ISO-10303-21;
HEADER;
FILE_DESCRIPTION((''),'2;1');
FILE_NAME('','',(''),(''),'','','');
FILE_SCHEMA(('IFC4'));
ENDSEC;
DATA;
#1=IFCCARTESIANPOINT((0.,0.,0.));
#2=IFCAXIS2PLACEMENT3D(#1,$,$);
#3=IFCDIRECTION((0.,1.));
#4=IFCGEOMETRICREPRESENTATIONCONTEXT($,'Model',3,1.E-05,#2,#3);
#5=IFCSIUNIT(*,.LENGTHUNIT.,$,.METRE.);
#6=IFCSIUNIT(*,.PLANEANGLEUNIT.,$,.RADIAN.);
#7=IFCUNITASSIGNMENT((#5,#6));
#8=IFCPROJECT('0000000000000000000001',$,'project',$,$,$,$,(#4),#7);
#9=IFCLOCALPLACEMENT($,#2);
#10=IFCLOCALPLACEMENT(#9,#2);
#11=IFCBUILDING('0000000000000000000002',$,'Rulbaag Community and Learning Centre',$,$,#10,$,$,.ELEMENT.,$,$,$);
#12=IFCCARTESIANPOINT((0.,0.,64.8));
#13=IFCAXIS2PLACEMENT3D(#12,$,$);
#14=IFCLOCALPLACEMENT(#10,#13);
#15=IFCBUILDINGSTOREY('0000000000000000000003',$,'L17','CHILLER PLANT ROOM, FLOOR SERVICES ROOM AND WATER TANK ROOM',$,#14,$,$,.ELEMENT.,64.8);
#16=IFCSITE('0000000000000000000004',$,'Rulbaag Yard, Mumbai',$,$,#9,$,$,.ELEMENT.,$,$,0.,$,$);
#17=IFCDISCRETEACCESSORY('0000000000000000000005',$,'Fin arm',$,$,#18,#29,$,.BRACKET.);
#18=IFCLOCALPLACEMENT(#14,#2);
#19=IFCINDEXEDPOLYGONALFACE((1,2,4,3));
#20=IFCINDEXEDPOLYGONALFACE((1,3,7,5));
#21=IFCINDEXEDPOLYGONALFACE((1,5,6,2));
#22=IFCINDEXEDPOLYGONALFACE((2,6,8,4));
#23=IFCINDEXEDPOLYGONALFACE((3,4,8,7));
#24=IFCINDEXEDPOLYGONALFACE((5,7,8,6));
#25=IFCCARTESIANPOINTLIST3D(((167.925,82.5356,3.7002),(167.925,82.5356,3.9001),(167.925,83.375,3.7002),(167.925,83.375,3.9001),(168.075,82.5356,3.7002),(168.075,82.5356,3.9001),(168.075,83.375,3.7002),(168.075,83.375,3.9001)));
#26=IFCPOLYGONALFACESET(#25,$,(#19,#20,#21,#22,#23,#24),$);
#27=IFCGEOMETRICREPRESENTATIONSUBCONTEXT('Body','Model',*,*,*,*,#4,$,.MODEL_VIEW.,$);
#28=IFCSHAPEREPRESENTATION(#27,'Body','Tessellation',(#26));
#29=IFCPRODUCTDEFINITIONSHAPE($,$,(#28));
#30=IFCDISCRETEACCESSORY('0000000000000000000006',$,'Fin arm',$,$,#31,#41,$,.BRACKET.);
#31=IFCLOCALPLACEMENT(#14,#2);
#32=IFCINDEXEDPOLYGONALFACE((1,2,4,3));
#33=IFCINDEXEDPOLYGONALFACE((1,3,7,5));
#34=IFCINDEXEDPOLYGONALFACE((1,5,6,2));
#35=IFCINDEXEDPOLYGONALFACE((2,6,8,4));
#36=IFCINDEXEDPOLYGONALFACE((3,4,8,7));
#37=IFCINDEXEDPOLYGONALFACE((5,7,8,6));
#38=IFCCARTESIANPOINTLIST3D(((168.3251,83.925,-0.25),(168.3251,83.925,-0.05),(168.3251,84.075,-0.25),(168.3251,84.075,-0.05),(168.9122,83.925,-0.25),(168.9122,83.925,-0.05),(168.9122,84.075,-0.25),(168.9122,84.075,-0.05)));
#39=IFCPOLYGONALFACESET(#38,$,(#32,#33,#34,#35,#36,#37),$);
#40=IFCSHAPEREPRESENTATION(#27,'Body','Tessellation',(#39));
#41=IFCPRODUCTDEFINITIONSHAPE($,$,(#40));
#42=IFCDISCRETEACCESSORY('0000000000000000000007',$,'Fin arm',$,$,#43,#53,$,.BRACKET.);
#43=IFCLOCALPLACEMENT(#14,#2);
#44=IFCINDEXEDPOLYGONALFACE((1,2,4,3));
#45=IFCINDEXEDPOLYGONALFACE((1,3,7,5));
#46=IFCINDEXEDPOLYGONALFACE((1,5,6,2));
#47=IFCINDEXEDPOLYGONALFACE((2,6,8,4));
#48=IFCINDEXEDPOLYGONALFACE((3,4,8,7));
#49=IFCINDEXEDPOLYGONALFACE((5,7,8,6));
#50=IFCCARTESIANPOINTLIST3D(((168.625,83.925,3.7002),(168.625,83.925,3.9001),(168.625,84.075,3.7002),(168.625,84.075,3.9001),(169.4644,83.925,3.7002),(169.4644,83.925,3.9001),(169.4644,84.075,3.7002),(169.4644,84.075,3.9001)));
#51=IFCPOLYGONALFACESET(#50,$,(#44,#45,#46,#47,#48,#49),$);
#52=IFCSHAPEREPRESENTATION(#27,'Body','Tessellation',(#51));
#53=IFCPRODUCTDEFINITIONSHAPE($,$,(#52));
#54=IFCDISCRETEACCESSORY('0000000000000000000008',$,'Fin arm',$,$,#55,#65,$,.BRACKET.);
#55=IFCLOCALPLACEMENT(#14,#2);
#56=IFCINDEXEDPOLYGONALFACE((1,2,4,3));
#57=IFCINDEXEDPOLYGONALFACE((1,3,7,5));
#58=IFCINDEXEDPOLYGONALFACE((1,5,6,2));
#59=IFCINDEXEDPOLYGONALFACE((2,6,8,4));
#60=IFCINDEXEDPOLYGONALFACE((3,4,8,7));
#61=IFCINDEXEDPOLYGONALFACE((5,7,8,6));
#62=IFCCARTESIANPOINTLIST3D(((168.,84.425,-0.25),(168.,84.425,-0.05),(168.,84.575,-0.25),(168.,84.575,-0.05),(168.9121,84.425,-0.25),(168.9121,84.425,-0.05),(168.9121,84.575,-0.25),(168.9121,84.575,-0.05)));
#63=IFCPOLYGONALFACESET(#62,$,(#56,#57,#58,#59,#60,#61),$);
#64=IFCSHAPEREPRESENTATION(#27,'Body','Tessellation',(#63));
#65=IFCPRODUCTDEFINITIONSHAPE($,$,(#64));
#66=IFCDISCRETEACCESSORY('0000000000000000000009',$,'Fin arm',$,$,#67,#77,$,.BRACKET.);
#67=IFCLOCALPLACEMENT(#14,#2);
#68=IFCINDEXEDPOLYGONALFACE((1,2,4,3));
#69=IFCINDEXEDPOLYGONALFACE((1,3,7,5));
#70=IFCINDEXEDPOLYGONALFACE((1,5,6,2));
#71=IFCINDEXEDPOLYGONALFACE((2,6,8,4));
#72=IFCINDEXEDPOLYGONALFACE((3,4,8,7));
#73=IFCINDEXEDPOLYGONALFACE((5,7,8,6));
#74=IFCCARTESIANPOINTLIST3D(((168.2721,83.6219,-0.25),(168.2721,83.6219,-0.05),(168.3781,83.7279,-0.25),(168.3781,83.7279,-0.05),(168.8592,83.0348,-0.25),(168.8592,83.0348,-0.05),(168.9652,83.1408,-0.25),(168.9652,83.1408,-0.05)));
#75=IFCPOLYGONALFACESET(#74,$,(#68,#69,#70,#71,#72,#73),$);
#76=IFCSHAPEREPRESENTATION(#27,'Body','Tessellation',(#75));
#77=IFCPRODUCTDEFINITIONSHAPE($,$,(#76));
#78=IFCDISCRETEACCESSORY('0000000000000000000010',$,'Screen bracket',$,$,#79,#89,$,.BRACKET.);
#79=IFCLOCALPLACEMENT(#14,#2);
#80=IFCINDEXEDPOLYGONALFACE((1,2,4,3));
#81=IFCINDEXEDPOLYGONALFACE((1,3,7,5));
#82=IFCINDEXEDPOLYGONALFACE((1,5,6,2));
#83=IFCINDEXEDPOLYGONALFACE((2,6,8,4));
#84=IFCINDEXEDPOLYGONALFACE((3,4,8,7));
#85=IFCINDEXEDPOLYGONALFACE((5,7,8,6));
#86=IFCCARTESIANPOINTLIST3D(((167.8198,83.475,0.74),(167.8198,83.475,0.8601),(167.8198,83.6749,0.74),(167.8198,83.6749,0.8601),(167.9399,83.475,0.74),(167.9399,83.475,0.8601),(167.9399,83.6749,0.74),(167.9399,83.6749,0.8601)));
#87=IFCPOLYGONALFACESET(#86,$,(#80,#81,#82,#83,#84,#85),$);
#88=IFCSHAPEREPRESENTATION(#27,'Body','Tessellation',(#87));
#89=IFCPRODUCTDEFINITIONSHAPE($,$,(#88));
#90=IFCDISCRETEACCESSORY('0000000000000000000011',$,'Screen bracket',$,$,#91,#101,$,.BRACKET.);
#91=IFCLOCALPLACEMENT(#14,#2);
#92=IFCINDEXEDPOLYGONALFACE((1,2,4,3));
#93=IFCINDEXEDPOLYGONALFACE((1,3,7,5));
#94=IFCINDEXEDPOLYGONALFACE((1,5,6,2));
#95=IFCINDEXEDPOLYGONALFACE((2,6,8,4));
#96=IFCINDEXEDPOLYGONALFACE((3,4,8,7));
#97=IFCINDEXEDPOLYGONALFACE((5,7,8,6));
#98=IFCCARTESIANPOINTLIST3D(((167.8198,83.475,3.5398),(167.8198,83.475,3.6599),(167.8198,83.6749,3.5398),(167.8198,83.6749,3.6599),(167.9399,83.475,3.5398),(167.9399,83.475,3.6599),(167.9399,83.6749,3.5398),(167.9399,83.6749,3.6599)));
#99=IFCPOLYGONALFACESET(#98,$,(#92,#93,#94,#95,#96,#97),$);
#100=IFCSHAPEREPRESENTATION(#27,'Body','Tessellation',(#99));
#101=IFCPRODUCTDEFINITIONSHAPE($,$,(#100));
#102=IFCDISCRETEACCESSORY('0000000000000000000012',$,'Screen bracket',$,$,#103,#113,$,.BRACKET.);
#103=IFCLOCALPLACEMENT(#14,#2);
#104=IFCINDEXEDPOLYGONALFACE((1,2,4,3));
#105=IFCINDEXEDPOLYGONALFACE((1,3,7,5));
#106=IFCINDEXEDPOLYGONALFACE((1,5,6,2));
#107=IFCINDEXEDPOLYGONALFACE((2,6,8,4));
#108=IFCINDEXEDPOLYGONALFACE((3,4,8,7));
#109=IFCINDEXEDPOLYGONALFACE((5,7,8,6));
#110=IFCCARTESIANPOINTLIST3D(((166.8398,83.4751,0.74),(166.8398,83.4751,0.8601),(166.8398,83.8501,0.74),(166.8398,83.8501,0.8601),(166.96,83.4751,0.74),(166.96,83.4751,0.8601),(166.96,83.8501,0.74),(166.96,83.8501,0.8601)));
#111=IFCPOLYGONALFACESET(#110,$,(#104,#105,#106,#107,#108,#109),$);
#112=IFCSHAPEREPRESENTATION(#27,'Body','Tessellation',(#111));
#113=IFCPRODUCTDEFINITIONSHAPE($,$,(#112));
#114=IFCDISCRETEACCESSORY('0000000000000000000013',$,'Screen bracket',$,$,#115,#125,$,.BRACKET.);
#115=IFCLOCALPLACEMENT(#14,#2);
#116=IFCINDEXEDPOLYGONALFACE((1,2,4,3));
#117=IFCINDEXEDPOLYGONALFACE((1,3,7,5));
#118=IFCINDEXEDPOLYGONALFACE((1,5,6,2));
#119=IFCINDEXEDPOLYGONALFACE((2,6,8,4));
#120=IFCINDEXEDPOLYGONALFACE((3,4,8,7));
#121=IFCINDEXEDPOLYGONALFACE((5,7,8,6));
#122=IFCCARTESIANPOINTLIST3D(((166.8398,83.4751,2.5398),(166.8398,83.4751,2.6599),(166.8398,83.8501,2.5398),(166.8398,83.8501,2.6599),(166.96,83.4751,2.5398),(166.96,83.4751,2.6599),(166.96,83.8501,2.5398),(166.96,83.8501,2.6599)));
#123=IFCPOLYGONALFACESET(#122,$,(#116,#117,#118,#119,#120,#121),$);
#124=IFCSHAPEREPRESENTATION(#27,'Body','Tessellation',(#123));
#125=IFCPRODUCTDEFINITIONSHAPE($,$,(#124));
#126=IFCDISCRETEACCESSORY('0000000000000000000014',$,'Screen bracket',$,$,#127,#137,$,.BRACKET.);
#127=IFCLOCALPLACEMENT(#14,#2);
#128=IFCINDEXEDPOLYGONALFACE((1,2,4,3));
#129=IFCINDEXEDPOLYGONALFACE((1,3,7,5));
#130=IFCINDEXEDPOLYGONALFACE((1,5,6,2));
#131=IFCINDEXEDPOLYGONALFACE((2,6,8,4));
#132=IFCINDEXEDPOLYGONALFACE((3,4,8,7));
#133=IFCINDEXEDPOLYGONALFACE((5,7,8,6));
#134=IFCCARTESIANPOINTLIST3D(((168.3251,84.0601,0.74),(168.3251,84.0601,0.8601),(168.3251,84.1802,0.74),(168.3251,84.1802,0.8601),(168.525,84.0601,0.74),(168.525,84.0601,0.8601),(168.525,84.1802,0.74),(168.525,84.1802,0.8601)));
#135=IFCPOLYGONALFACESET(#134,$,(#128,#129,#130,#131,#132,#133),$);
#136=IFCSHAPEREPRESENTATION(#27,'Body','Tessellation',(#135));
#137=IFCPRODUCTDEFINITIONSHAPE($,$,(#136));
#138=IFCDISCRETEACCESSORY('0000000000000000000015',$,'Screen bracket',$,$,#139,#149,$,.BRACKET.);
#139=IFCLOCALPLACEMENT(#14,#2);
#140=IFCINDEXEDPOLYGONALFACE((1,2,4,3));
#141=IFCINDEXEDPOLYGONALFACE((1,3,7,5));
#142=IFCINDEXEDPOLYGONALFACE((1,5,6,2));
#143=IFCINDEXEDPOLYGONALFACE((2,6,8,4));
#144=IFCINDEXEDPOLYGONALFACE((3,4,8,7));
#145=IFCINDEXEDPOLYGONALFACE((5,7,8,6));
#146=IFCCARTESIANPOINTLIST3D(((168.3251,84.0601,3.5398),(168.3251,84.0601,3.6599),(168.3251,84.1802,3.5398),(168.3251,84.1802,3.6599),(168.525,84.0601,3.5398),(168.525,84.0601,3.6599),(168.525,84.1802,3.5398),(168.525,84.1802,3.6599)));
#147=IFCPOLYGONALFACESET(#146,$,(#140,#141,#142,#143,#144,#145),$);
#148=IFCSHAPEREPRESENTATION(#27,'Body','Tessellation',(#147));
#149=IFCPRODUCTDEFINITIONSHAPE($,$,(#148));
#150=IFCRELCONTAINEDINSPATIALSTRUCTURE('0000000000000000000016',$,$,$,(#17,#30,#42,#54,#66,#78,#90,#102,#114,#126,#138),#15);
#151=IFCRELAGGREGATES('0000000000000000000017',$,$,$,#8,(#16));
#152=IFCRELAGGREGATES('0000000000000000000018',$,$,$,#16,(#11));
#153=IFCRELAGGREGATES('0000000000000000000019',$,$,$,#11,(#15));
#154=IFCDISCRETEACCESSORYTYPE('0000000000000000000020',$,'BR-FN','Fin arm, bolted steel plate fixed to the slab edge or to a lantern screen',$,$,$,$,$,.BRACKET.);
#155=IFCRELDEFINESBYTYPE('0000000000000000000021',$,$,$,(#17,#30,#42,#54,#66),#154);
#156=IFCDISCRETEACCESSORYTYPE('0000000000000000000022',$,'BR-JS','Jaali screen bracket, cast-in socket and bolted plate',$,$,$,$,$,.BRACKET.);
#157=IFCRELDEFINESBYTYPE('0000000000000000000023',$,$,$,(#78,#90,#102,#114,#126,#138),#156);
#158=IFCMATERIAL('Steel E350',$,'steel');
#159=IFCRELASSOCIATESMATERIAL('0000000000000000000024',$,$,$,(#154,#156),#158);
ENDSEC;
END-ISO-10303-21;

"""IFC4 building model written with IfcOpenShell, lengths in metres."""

from ifc_helpers import new_model, si_unit, direction, frame, origin, origin_2d, place, context, subcontext, project, spatial, rectangle, extrude, material, type_object, element, save


model = new_model("IFC4")

# Units and contexts
model_context = context("Model", 3, precision=1e-05, world=origin(), true_north=direction((0.0, 1.0)))
body_context = subcontext(model_context, "Body", "Model", "MODEL_VIEW")
ifc_project = project(units=[si_unit("LENGTHUNIT", "METRE"), si_unit("PLANEANGLEUNIT", "RADIAN")], contexts=[model_context])

# Site, building, storey
site_placement = place(None, origin())
site = spatial("IfcSite", under=ifc_project, at=site_placement, Name="Rulbaag Yard, Mumbai", CompositionType="ELEMENT", RefElevation=0.0)
building_placement = place(site_placement, origin())
building = spatial("IfcBuilding", under=site, at=building_placement, Name="Rulbaag Community and Learning Centre", CompositionType="ELEMENT")
storey_placement = place(building_placement, frame((0.0, 0.0, 64.8)))
storey = spatial("IfcBuildingStorey", under=building, at=storey_placement, Name="L17", Description="CHILLER PLANT ROOM, FLOOR SERVICES ROOM AND WATER TANK ROOM", CompositionType="ELEMENT", Elevation=64.8)

# Discrete accessories
ifc_material_1 = material(Name="Steel E350", Category="steel")
discrete_accessory_type_1 = type_object("IfcDiscreteAccessoryType", Name="BR-FN", Description="Fin arm, bolted steel plate fixed to the slab edge or to a lantern screen", PredefinedType="BRACKET", material=ifc_material_1)
discrete_accessory_1_placement = place(storey_placement, frame((168.0, 82.9553, 3.7002), z_axis=(0.0, 0.0, 1.0), x_axis=(1.0, 0.0, 0.0)))
element("IfcDiscreteAccessory", 1, at=discrete_accessory_1_placement, inside=storey, type_object=discrete_accessory_type_1, Name="Fin arm", PredefinedType="BRACKET", context=body_context, shape_type="SweptSolid", body=[
    extrude(rectangle(XDim=0.1499, YDim=0.8394, at=origin_2d()), origin(), (0.0, 0.0, 1.0), 0.2),
])
discrete_accessory_2_placement = place(storey_placement, frame((168.6187, 84.0, -0.25), z_axis=(0.0, 0.0, 1.0), x_axis=(1.0, 0.0, 0.0)))
element("IfcDiscreteAccessory", 2, at=discrete_accessory_2_placement, inside=storey, type_object=discrete_accessory_type_1, Name="Fin arm", PredefinedType="BRACKET", context=body_context, shape_type="SweptSolid", body=[
    extrude(rectangle(XDim=0.5872, YDim=0.1499, at=origin_2d()), origin(), (0.0, 0.0, 1.0), 0.2),
])
discrete_accessory_3_placement = place(storey_placement, frame((169.0447, 84.0, 3.7002), z_axis=(0.0, 0.0, 1.0), x_axis=(1.0, 0.0, 0.0)))
element("IfcDiscreteAccessory", 3, at=discrete_accessory_3_placement, inside=storey, type_object=discrete_accessory_type_1, Name="Fin arm", PredefinedType="BRACKET", context=body_context, shape_type="SweptSolid", body=[
    extrude(rectangle(XDim=0.8394, YDim=0.1499, at=origin_2d()), origin(), (0.0, 0.0, 1.0), 0.2),
])
discrete_accessory_4_placement = place(storey_placement, frame((168.4561, 84.5, -0.25), z_axis=(0.0, 0.0, 1.0), x_axis=(1.0, 0.0, 0.0)))
element("IfcDiscreteAccessory", 4, at=discrete_accessory_4_placement, inside=storey, type_object=discrete_accessory_type_1, Name="Fin arm", PredefinedType="BRACKET", context=body_context, shape_type="SweptSolid", body=[
    extrude(rectangle(XDim=0.9121, YDim=0.1499, at=origin_2d()), origin(), (0.0, 0.0, 1.0), 0.2),
])
discrete_accessory_5_placement = place(storey_placement, frame((168.6187, 83.3813, -0.25), z_axis=(0.0, 0.0, 1.0), x_axis=(-0.707107, 0.707107, 0.0)))
element("IfcDiscreteAccessory", 5, at=discrete_accessory_5_placement, inside=storey, type_object=discrete_accessory_type_1, Name="Fin arm", PredefinedType="BRACKET", context=body_context, shape_type="SweptSolid", body=[
    extrude(rectangle(XDim=0.8303, YDim=0.1499, at=origin_2d()), origin(), (0.0, 0.0, 1.0), 0.2),
])
discrete_accessory_type_2 = type_object("IfcDiscreteAccessoryType", Name="BR-JS", Description="Jaali screen bracket, cast-in socket and bolted plate", PredefinedType="BRACKET", material=ifc_material_1)
for number, where, z_axis, x_axis, name in (
    (6, (167.8799, 83.575, 0.74), (0.0, 0.0, 1.0), (1.0, 0.0, 0.0), "Screen bracket"),
    (7, (167.8799, 83.575, 3.5398), (0.0, 0.0, 1.0), (1.0, 0.0, 0.0), "Screen bracket"),
):
    element("IfcDiscreteAccessory", number, at=place(storey_placement, frame(where, z_axis=z_axis, x_axis=x_axis)), inside=storey, type_object=discrete_accessory_type_2, Name=name, PredefinedType="BRACKET", context=body_context, shape_type="SweptSolid", body=[
        extrude(rectangle(XDim=0.1201, YDim=0.2, at=origin_2d()), origin(), (0.0, 0.0, 1.0), 0.1201),
    ])
for number, where, z_axis, x_axis, name in (
    (8, (166.8999, 83.6626, 0.74), (0.0, 0.0, 1.0), (1.0, 0.0, 0.0), "Screen bracket"),
    (9, (166.8999, 83.6626, 2.5398), (0.0, 0.0, 1.0), (1.0, 0.0, 0.0), "Screen bracket"),
):
    element("IfcDiscreteAccessory", number, at=place(storey_placement, frame(where, z_axis=z_axis, x_axis=x_axis)), inside=storey, type_object=discrete_accessory_type_2, Name=name, PredefinedType="BRACKET", context=body_context, shape_type="SweptSolid", body=[
        extrude(rectangle(XDim=0.1201, YDim=0.375, at=origin_2d()), origin(), (0.0, 0.0, 1.0), 0.1201),
    ])
for number, where, z_axis, x_axis, name in (
    (10, (168.425, 84.1201, 0.74), (0.0, 0.0, 1.0), (1.0, 0.0, 0.0), "Screen bracket"),
    (11, (168.425, 84.1201, 3.5398), (0.0, 0.0, 1.0), (1.0, 0.0, 0.0), "Screen bracket"),
):
    element("IfcDiscreteAccessory", number, at=place(storey_placement, frame(where, z_axis=z_axis, x_axis=x_axis)), inside=storey, type_object=discrete_accessory_type_2, Name=name, PredefinedType="BRACKET", context=body_context, shape_type="SweptSolid", body=[
        extrude(rectangle(XDim=0.2, YDim=0.1201, at=origin_2d()), origin(), (0.0, 0.0, 1.0), 0.1201),
    ])

save(model, "model.ifc")
